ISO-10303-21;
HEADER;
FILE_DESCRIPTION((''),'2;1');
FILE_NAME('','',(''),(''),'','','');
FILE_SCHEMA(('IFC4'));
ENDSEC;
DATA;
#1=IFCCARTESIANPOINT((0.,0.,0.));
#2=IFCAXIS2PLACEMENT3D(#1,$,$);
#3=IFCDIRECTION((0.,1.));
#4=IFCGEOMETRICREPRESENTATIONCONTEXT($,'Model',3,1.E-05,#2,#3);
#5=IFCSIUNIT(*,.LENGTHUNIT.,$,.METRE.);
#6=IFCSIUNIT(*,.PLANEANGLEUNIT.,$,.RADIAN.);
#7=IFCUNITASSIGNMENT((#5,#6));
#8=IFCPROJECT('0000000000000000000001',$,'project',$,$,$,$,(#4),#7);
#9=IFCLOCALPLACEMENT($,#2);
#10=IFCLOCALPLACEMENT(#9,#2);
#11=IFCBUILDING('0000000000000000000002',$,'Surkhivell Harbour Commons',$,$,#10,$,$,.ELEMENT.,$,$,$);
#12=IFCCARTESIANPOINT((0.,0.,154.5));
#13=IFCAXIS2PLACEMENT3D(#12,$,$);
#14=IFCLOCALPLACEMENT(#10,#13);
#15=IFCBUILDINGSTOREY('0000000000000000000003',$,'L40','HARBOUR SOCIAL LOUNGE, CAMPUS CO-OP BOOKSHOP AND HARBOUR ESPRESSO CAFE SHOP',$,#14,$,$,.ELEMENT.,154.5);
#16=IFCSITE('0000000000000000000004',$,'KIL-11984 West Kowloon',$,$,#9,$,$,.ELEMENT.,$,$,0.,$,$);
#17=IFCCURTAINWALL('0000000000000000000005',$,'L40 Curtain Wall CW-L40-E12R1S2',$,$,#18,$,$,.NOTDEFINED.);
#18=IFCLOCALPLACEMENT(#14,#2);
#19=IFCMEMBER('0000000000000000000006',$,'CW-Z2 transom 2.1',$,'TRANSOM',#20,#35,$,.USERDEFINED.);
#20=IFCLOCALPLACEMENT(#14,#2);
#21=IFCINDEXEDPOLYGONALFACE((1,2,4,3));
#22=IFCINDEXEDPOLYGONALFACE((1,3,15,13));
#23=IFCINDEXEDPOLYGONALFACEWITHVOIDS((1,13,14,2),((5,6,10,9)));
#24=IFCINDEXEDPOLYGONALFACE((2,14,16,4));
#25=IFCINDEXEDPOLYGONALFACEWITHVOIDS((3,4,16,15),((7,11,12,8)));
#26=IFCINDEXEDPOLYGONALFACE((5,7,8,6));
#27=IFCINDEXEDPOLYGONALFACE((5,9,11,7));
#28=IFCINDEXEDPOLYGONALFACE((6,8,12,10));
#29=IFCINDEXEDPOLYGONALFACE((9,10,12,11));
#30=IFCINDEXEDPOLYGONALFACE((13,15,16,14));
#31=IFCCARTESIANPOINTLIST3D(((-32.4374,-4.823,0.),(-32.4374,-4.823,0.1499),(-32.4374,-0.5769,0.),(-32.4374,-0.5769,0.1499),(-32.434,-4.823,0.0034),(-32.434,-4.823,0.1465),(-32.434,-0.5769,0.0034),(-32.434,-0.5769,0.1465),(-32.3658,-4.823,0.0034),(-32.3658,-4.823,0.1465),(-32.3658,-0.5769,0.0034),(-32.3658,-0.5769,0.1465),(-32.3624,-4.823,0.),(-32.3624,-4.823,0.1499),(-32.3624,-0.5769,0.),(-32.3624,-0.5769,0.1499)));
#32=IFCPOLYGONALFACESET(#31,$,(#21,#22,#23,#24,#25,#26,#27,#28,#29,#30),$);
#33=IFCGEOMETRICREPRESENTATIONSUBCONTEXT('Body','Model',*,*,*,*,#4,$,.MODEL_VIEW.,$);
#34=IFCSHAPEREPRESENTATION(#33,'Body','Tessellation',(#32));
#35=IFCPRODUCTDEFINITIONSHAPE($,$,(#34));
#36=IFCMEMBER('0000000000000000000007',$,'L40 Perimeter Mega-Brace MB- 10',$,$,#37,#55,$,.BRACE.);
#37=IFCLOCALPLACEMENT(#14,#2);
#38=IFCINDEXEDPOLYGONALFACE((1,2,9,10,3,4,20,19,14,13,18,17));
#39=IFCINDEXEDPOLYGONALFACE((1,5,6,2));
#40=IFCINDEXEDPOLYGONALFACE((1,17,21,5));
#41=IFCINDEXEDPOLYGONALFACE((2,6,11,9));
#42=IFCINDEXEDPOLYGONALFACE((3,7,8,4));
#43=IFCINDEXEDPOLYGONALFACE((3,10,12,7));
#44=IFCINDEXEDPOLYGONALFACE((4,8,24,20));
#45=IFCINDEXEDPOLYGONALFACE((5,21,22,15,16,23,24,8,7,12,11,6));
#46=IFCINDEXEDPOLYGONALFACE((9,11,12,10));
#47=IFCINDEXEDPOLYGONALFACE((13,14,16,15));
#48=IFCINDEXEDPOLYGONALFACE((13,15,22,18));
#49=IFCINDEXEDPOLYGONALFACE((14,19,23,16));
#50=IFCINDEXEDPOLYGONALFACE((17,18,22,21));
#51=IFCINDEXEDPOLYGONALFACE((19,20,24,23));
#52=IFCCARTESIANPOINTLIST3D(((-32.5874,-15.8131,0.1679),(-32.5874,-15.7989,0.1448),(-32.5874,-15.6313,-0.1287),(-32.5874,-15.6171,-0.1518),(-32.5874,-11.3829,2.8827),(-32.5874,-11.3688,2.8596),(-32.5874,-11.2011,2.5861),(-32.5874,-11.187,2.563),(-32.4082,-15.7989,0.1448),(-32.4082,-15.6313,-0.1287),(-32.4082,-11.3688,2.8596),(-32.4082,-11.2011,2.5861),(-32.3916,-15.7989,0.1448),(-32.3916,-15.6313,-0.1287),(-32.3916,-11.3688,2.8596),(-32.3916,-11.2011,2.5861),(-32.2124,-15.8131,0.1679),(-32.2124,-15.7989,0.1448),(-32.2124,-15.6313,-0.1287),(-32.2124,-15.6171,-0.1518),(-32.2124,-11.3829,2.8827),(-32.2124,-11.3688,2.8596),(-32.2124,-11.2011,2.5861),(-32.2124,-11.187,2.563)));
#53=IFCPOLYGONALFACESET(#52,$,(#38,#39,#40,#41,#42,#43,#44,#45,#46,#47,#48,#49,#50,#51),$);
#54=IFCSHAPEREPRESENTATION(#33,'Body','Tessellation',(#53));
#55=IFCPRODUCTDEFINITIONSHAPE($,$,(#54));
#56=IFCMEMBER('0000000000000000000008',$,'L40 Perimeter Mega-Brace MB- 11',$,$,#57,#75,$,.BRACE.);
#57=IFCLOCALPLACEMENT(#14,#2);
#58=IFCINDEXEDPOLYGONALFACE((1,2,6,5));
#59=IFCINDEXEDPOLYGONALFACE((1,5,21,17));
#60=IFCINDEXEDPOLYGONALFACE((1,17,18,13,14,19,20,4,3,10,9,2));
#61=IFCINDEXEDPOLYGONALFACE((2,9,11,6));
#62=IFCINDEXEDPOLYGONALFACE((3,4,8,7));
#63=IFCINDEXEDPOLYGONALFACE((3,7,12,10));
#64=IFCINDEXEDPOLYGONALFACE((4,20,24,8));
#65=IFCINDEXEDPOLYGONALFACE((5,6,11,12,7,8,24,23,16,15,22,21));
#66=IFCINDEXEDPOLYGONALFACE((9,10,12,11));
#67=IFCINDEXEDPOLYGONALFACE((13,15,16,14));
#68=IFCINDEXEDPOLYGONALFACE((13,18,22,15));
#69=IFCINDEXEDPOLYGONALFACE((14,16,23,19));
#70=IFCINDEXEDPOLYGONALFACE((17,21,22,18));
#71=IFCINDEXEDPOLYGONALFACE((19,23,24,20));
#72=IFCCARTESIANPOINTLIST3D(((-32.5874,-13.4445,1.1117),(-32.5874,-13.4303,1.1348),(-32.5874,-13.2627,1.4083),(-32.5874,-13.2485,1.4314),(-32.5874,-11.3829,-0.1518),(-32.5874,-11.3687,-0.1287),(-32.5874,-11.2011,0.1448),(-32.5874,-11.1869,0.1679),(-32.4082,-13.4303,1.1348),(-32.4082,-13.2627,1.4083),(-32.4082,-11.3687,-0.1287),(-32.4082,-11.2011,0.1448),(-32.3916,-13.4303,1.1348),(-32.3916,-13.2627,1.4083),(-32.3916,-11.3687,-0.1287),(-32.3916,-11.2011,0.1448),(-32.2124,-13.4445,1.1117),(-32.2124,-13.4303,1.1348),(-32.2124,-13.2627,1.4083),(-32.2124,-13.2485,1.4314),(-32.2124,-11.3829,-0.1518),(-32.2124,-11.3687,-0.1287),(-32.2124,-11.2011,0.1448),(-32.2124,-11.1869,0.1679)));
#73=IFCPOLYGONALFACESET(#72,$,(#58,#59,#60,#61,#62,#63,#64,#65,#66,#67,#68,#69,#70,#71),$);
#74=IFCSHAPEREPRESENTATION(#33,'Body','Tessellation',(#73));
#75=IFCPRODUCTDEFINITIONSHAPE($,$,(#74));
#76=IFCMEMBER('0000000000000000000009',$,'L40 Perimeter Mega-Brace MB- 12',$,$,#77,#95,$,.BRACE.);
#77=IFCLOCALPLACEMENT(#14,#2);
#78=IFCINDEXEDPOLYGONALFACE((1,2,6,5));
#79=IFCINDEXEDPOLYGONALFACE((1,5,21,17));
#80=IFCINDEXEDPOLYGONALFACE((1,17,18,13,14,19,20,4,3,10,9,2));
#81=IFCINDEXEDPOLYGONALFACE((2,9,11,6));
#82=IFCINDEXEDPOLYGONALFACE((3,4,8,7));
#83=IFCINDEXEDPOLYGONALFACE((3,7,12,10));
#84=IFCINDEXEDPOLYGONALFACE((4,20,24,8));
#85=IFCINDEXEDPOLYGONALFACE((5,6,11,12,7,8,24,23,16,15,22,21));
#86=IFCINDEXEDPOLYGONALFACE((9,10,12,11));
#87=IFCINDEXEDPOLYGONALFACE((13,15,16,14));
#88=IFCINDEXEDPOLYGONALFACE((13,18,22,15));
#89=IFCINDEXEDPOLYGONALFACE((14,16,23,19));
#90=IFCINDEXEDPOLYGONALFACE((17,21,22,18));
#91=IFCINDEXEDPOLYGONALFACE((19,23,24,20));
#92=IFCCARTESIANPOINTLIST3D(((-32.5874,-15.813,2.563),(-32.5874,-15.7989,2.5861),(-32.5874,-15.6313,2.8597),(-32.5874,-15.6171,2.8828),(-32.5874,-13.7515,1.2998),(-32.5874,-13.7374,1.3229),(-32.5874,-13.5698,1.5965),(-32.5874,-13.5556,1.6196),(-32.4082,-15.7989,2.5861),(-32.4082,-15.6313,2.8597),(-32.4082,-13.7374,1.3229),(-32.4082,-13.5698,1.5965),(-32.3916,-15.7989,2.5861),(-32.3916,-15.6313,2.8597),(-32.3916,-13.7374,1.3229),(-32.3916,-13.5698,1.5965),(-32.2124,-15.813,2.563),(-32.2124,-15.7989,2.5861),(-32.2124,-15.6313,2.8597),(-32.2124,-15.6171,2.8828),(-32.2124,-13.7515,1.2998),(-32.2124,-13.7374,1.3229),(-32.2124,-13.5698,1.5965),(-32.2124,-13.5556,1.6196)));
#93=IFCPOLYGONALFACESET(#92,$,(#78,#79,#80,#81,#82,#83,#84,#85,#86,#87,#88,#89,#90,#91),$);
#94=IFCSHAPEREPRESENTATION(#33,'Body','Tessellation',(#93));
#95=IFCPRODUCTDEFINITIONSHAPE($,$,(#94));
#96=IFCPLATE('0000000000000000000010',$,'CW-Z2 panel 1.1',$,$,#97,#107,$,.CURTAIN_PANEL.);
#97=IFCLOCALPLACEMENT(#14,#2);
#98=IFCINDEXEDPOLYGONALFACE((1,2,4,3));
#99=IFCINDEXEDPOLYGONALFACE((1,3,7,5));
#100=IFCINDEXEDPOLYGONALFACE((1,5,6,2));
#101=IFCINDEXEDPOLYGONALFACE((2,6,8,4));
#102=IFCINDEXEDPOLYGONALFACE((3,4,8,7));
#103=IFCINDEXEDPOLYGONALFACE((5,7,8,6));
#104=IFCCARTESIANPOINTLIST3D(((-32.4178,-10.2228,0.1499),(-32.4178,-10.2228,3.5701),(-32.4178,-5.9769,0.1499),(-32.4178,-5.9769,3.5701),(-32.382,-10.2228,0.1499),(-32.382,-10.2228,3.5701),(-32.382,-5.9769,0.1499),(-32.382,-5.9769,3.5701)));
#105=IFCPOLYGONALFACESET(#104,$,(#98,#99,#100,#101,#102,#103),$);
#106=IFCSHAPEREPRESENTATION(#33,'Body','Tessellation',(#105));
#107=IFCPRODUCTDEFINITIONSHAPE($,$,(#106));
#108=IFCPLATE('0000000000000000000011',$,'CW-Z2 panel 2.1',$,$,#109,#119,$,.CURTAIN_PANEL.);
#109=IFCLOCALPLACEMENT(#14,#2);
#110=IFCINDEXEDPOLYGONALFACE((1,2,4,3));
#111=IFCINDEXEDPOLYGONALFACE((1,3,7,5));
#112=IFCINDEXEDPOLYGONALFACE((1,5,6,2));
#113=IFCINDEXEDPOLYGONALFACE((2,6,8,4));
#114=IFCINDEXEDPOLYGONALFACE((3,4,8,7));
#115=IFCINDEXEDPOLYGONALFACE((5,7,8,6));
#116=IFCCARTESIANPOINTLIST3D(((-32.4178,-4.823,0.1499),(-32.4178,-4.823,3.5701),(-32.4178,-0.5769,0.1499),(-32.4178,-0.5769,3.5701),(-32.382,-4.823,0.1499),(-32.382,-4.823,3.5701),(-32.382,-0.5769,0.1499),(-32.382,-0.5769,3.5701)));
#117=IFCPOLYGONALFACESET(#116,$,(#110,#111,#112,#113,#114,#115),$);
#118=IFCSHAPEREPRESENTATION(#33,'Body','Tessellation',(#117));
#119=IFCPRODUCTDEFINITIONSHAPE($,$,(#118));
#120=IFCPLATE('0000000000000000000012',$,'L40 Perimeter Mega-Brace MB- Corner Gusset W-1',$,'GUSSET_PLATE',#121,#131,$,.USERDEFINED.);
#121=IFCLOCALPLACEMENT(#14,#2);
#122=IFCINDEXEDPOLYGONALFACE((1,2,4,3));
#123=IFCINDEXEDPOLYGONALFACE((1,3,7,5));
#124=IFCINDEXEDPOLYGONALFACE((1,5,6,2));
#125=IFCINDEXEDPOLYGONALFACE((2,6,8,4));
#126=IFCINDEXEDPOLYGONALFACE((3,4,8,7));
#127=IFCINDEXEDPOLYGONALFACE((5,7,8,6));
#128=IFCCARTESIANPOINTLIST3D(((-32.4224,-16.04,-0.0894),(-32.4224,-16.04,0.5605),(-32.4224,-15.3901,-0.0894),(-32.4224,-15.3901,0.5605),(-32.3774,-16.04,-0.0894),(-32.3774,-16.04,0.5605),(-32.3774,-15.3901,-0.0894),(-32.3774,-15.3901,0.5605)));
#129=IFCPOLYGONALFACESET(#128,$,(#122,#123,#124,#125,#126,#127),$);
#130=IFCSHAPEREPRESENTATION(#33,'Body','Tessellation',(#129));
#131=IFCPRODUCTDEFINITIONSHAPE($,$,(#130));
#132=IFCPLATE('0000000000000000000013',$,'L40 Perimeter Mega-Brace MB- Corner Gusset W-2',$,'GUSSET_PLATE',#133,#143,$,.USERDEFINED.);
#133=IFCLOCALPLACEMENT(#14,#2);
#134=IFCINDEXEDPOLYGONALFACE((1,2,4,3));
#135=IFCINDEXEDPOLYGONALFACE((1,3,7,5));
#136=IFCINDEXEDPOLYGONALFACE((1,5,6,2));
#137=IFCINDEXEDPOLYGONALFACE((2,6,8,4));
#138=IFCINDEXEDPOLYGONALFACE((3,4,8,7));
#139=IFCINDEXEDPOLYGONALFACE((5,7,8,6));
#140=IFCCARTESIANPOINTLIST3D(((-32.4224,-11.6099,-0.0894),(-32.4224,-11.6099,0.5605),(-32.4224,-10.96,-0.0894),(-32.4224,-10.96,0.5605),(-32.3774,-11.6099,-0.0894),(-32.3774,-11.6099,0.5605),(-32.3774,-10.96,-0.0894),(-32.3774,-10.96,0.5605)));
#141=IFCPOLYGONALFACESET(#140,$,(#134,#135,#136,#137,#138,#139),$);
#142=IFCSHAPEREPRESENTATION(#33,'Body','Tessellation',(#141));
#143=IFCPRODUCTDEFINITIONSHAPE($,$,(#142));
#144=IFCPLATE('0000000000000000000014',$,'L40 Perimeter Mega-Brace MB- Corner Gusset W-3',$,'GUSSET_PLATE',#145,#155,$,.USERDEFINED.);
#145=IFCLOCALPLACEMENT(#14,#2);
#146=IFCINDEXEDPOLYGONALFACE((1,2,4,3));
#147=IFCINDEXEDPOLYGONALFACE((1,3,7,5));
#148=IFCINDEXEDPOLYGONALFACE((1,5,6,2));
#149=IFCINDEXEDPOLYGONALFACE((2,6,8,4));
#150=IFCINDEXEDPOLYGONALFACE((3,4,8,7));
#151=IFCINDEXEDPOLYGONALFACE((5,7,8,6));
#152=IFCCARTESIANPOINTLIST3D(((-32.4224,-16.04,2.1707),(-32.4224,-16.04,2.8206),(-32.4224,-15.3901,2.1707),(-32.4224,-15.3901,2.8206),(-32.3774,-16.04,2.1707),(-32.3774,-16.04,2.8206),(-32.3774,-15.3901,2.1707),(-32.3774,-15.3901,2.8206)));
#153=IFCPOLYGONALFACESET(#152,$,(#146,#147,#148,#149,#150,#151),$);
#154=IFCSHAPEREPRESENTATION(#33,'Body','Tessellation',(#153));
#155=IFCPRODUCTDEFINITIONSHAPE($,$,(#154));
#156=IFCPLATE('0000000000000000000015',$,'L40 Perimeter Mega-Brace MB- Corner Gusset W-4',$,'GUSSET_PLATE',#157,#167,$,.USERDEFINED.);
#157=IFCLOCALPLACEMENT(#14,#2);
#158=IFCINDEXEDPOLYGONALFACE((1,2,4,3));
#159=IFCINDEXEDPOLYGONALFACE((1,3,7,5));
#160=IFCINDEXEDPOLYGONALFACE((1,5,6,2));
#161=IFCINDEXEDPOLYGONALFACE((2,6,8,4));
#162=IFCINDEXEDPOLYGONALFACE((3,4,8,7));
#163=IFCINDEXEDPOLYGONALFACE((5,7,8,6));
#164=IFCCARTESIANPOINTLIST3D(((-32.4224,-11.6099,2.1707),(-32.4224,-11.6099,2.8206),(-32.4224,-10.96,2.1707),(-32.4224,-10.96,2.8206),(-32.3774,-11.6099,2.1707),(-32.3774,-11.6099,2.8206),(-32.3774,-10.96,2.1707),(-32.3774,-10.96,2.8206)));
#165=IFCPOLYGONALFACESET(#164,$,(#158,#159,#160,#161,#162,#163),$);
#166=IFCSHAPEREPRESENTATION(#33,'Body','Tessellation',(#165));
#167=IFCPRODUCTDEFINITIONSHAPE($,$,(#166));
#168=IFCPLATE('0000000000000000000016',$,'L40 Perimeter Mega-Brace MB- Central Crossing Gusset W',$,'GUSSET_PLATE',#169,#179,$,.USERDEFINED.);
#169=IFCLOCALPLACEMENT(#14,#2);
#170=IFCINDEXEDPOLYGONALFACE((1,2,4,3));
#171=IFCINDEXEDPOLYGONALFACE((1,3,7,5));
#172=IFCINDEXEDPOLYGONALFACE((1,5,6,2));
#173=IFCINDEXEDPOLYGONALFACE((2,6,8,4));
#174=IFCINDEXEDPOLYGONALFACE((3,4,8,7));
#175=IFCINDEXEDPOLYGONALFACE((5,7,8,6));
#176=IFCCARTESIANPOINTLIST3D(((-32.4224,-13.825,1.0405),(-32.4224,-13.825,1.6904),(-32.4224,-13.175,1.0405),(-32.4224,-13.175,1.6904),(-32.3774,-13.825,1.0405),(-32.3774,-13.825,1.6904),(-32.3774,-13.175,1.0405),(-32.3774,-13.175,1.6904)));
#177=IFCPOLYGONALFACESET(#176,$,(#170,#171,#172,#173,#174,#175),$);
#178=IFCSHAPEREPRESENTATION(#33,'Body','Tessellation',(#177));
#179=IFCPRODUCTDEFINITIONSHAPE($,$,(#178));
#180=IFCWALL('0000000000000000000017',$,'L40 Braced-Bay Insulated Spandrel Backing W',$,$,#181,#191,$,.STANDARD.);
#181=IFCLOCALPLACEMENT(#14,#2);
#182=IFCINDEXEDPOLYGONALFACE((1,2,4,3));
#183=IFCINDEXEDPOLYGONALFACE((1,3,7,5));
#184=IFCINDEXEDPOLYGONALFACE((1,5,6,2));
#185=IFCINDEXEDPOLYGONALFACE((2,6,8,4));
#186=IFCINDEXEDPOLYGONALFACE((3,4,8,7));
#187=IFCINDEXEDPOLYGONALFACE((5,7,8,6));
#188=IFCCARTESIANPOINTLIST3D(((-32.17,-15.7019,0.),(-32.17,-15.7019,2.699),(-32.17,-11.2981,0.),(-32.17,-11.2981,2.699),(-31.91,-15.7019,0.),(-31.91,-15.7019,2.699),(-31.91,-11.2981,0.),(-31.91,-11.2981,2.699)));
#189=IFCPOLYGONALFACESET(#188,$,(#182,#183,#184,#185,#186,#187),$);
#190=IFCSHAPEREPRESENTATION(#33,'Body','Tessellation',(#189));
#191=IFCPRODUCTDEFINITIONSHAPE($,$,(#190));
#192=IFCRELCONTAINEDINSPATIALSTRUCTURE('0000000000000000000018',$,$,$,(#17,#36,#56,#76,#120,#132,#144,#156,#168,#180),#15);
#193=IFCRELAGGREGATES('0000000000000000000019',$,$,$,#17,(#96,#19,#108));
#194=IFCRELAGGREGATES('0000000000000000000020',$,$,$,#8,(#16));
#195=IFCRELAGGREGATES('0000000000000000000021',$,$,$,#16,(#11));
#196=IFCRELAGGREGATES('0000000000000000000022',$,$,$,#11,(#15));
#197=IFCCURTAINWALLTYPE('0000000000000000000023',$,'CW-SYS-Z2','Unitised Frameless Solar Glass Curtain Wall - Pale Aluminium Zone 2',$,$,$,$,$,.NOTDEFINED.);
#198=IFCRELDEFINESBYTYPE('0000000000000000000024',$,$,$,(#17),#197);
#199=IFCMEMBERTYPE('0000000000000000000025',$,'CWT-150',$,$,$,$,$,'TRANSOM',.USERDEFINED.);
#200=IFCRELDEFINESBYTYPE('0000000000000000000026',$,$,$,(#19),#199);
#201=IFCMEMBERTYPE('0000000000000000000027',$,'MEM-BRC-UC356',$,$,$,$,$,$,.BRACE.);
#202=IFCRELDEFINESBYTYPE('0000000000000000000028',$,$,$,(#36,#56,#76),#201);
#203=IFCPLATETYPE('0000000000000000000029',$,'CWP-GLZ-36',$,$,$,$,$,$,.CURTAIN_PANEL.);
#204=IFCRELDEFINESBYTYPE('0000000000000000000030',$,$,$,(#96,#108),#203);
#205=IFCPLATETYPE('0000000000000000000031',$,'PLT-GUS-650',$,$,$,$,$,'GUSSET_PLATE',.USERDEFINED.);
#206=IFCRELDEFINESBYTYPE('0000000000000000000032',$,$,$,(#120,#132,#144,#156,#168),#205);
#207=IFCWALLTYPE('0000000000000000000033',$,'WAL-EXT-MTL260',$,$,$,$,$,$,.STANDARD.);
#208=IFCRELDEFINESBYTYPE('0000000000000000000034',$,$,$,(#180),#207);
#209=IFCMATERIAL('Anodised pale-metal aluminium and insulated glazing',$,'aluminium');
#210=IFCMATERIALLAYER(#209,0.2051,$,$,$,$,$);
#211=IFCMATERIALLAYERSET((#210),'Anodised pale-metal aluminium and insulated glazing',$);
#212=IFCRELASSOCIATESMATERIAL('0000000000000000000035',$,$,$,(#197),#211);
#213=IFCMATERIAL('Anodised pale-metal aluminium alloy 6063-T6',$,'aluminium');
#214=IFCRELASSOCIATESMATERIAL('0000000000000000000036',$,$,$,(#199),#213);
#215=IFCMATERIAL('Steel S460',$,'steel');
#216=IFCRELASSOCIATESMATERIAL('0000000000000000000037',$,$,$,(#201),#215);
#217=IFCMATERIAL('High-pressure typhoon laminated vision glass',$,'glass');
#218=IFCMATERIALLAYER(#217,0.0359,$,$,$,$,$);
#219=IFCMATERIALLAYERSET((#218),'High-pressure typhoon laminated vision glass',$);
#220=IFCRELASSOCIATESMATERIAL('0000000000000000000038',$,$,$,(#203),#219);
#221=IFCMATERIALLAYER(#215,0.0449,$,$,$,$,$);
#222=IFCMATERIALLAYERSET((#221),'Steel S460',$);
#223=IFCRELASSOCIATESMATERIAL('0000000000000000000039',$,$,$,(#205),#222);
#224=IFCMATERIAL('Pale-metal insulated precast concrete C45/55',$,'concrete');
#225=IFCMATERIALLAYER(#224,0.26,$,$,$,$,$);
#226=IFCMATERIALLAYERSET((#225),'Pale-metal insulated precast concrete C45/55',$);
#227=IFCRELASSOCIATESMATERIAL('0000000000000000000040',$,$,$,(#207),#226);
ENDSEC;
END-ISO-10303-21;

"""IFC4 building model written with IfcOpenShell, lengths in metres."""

from ifc_helpers import new_model, si_unit, direction, frame, frame_2d, origin, origin_2d, place, context, subcontext, project, spatial, rectangle, hollow_rectangle, i_section, extrude, material, layer, layer_set, material_profile, profile_set, type_object, element, aggregate, save


model = new_model("IFC4")

# Units and contexts
model_context = context("Model", 3, precision=1e-05, world=origin(), true_north=direction((0.0, 1.0)))
body_context = subcontext(model_context, "Body", "Model", "MODEL_VIEW")
ifc_project = project(units=[si_unit("LENGTHUNIT", "METRE"), si_unit("PLANEANGLEUNIT", "RADIAN")], contexts=[model_context])

# Site, building, storey
site_placement = place(None, origin())
site = spatial("IfcSite", under=ifc_project, at=site_placement, Name="KIL-11984 West Kowloon", CompositionType="ELEMENT", RefElevation=0.0)
building_placement = place(site_placement, origin())
building = spatial("IfcBuilding", under=site, at=building_placement, Name="Surkhivell Harbour Commons", CompositionType="ELEMENT")
storey_placement = place(building_placement, frame((0.0, 0.0, 154.5)))
storey = spatial("IfcBuildingStorey", under=building, at=storey_placement, Name="L40", Description="HARBOUR SOCIAL LOUNGE, CAMPUS CO-OP BOOKSHOP AND HARBOUR ESPRESSO CAFE SHOP", CompositionType="ELEMENT", Elevation=154.5)

# Shared definitions
ifc_material_1 = material(Name="Steel S460", Category="steel")

# Curtain wall, member
ifc_material_2 = material(Name="Anodised pale-metal aluminium and insulated glazing", Category="aluminium")
ifc_layer_1 = layer(ifc_material_2, 0.2051)
ifc_layer_set_1 = layer_set([ifc_layer_1], Name="Anodised pale-metal aluminium and insulated glazing")
curtain_wall_type = type_object("IfcCurtainWallType", Name="CW-SYS-Z2", Description="Unitised Frameless Solar Glass Curtain Wall - Pale Aluminium Zone 2", PredefinedType="NOTDEFINED", material=ifc_layer_set_1)
curtain_wall_placement = place(storey_placement, origin())
curtain_wall = element("IfcCurtainWall", 1, at=curtain_wall_placement, inside=storey, type_object=curtain_wall_type, Name="L40 Curtain Wall CW-L40-E12R1S2", PredefinedType="NOTDEFINED")
ifc_material_3 = material(Name="Anodised pale-metal aluminium alloy 6063-T6", Category="aluminium")
ifc_material_profile_1 = material_profile(ifc_material_3, hollow_rectangle(XDim=0.075, YDim=0.1499, WallThickness=0.0034, at=origin_2d()), Name="ALU-TRAN-75x150")
ifc_profile_set_1 = profile_set([ifc_material_profile_1], Name="Anodised pale-metal aluminium alloy 6063-T6")
member_type_1 = type_object("IfcMemberType", Name="CWT-150", ElementType="TRANSOM", PredefinedType="USERDEFINED", material=ifc_profile_set_1)
member_1_placement = place(storey_placement, frame((-32.3999, -4.823, 0.075), z_axis=(0.0, 1.0, 0.0), x_axis=(-1.0, 0.0, 0.0)))
member_1 = element("IfcMember", 2, at=member_1_placement, type_object=member_type_1, Name="CW-Z2 transom 2.1", ObjectType="TRANSOM", PredefinedType="USERDEFINED", context=body_context, shape_type="SweptSolid", body=[
    extrude(hollow_rectangle(XDim=0.075, YDim=0.1499, WallThickness=0.0034, at=origin_2d()), origin(), (0.0, 0.0, 1.0), 4.2461),
])

# Members
ifc_material_profile_2 = material_profile(ifc_material_1, i_section(OverallWidth=0.375, OverallDepth=0.375, WebThickness=0.0166, FlangeThickness=0.0271, at=origin_2d()), Name="UC356x368x202")
ifc_profile_set_2 = profile_set([ifc_material_profile_2], Name="Steel S460")
member_type_2 = type_object("IfcMemberType", Name="MEM-BRC-UC356", PredefinedType="BRACE", material=ifc_profile_set_2)
member_2_placement = place(storey_placement, frame((-32.3999, -15.7151, 0.0081), z_axis=(0.0, 0.852638, 0.522503), x_axis=(-1.0, 0.0, 0.0)))
element("IfcMember", 3, at=member_2_placement, inside=storey, type_object=member_type_2, Name="L40 Perimeter Mega-Brace MB- 10", PredefinedType="BRACE", context=body_context, shape_type="SweptSolid", body=[
    extrude(i_section(OverallWidth=0.375, OverallDepth=0.375, WebThickness=0.0166, FlangeThickness=0.0271, at=origin_2d()), origin(), (0.0, 0.0, 1.0), 5.1958),
])
member_3_placement = place(storey_placement, frame((-32.3999, -11.2849, 0.0081), z_axis=(0.0, -0.852617, 0.522536), x_axis=(1.0, 0.0, 0.0)))
element("IfcMember", 4, at=member_3_placement, inside=storey, type_object=member_type_2, Name="L40 Perimeter Mega-Brace MB- 11", PredefinedType="BRACE", context=body_context, shape_type="SweptSolid", body=[
    extrude(i_section(OverallWidth=0.375, OverallDepth=0.375, WebThickness=0.0166, FlangeThickness=0.0271, at=origin_2d()), origin(), (0.0, 0.0, 1.0), 2.418),
])
member_4_placement = place(storey_placement, frame((-32.3999, -13.6536, 1.4597), z_axis=(0.0, -0.852662, 0.522463), x_axis=(1.0, 0.0, 0.0)))
element("IfcMember", 5, at=member_4_placement, inside=storey, type_object=member_type_2, Name="L40 Perimeter Mega-Brace MB- 12", PredefinedType="BRACE", context=body_context, shape_type="SweptSolid", body=[
    extrude(i_section(OverallWidth=0.375, OverallDepth=0.375, WebThickness=0.0166, FlangeThickness=0.0271, at=origin_2d()), origin(), (0.0, 0.0, 1.0), 2.4177),
])

# Plates
ifc_material_4 = material(Name="High-pressure typhoon laminated vision glass", Category="glass")
ifc_layer_2 = layer(ifc_material_4, 0.0359)
ifc_layer_set_2 = layer_set([ifc_layer_2], Name="High-pressure typhoon laminated vision glass")
plate_type_1 = type_object("IfcPlateType", Name="CWP-GLZ-36", PredefinedType="CURTAIN_PANEL", material=ifc_layer_set_2)
plate_1_placement = place(storey_placement, frame((-32.3999, -10.2229, 0.1499), z_axis=(0.0, 0.0, 1.0), x_axis=(0.0, 1.0, 0.0)))
plate_1 = element("IfcPlate", 6, at=plate_1_placement, type_object=plate_type_1, Name="CW-Z2 panel 1.1", PredefinedType="CURTAIN_PANEL", context=body_context, shape_type="SweptSolid", body=[
    extrude(rectangle(XDim=4.2458, YDim=0.0359, at=frame_2d((2.123, 0.0))), origin(), (0.0, 0.0, 1.0), 3.4202),
])
plate_2_placement = place(storey_placement, frame((-32.3999, -4.823, 0.1499), z_axis=(0.0, 0.0, 1.0), x_axis=(0.0, 1.0, 0.0)))
plate_2 = element("IfcPlate", 7, at=plate_2_placement, type_object=plate_type_1, Name="CW-Z2 panel 2.1", PredefinedType="CURTAIN_PANEL", context=body_context, shape_type="SweptSolid", body=[
    extrude(rectangle(XDim=4.2461, YDim=0.0359, at=frame_2d((2.123, 0.0))), origin(), (0.0, 0.0, 1.0), 3.4202),
])
aggregate(curtain_wall, [plate_1, member_1, plate_2])

# Plates
ifc_layer_3 = layer(ifc_material_1, 0.0449)
ifc_layer_set_3 = layer_set([ifc_layer_3], Name="Steel S460")
plate_type_2 = type_object("IfcPlateType", Name="PLT-GUS-650", ElementType="GUSSET_PLATE", PredefinedType="USERDEFINED", material=ifc_layer_set_3)
for number, where, z_axis, x_axis, name in (
    (8, (-32.3999, -15.7151, -0.0894), (0.0, 0.0, 1.0), (0.0, 1.0, 0.0), "L40 Perimeter Mega-Brace MB- Corner Gusset W-1"),
    (9, (-32.3999, -11.2849, -0.0894), (0.0, 0.0, 1.0), (0.0, 1.0, 0.0), "L40 Perimeter Mega-Brace MB- Corner Gusset W-2"),
    (10, (-32.3999, -15.7151, 2.1707), (0.0, 0.0, 1.0), (0.0, 1.0, 0.0), "L40 Perimeter Mega-Brace MB- Corner Gusset W-3"),
    (11, (-32.3999, -11.2849, 2.1707), (0.0, 0.0, 1.0), (0.0, 1.0, 0.0), "L40 Perimeter Mega-Brace MB- Corner Gusset W-4"),
    (12, (-32.3999, -13.5, 1.0405), (0.0, 0.0, 1.0), (0.0, 1.0, 0.0), "L40 Perimeter Mega-Brace MB- Central Crossing Gusset W"),
):
    element("IfcPlate", number, at=place(storey_placement, frame(where, z_axis=z_axis, x_axis=x_axis)), inside=storey, type_object=plate_type_2, Name=name, ObjectType="GUSSET_PLATE", PredefinedType="USERDEFINED", context=body_context, shape_type="SweptSolid", body=[
        extrude(rectangle(XDim=0.6499, YDim=0.0449, at=origin_2d()), origin(), (0.0, 0.0, 1.0), 0.6499),
    ])

# Wall
ifc_material_5 = material(Name="Pale-metal insulated precast concrete C45/55", Category="concrete")
ifc_layer_4 = layer(ifc_material_5, 0.26)
ifc_layer_set_4 = layer_set([ifc_layer_4], Name="Pale-metal insulated precast concrete C45/55")
wall_type_1 = type_object("IfcWallType", Name="WAL-EXT-MTL260", PredefinedType="STANDARD", material=ifc_layer_set_4)
wall_1_placement = place(storey_placement, frame((-32.04, -15.7019, 0.0), z_axis=(0.0, 0.0, 1.0), x_axis=(0.0, 1.0, 0.0)))
element("IfcWall", 13, at=wall_1_placement, inside=storey, type_object=wall_type_1, Name="L40 Braced-Bay Insulated Spandrel Backing W", PredefinedType="STANDARD", context=body_context, shape_type="SweptSolid", body=[
    extrude(rectangle(XDim=4.4038, YDim=0.26, at=frame_2d((2.2019, 0.0))), origin(), (0.0, 0.0, 1.0), 2.699),
])

save(model, "model.ifc")
